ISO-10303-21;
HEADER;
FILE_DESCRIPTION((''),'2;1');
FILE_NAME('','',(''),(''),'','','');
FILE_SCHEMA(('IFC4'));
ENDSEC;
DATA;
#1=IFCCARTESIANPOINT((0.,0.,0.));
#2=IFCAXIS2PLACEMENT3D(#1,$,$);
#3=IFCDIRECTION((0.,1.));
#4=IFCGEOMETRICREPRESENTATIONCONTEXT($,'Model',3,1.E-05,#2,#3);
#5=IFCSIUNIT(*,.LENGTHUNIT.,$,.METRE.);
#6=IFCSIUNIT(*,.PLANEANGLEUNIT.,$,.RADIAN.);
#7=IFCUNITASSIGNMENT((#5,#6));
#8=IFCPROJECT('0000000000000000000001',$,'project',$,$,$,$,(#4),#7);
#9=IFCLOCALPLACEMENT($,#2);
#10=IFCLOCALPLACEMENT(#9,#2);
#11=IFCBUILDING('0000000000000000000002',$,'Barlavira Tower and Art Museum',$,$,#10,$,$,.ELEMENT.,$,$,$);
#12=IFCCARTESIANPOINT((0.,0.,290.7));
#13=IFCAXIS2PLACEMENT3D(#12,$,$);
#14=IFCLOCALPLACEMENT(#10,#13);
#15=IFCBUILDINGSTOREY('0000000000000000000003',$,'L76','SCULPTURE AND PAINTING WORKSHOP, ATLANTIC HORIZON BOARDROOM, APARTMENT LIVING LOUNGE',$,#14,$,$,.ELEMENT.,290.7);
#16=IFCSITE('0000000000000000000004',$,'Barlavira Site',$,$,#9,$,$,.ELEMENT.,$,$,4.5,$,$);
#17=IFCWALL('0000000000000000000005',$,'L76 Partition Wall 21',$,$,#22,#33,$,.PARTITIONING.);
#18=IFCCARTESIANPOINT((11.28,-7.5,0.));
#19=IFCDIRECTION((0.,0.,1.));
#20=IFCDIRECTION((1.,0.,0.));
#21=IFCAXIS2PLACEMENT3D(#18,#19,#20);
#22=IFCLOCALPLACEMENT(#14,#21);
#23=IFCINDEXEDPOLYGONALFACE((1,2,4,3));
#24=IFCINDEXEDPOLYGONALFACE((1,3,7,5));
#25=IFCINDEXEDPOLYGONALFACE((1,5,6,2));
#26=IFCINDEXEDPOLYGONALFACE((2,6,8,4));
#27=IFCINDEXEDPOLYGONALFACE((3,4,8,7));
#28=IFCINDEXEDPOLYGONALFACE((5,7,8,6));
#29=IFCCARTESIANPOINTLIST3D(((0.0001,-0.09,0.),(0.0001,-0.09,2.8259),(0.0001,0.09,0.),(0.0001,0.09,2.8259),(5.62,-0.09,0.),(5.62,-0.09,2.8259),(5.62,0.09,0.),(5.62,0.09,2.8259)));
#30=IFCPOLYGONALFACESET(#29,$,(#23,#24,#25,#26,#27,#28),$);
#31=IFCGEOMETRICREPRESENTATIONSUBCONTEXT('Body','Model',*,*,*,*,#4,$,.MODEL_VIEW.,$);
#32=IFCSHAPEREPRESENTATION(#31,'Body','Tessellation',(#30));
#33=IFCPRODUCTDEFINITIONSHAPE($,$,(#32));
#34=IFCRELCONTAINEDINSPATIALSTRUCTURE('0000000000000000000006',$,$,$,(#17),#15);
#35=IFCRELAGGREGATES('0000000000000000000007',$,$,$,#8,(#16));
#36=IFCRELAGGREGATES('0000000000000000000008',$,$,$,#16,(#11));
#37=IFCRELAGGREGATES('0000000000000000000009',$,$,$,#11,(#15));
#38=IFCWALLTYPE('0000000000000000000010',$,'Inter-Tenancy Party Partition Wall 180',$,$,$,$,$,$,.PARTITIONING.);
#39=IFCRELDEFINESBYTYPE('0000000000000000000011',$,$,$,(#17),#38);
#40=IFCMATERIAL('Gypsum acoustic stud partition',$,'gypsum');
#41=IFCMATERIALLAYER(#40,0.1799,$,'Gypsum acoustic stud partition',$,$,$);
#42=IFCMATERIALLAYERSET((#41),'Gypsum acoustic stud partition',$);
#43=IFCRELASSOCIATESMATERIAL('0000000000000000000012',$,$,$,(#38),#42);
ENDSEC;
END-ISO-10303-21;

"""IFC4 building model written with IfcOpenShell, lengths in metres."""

from ifc_helpers import new_model, si_unit, direction, frame, frame_2d, origin, place, context, subcontext, project, spatial, rectangle, extrude, material, layer, layer_set, type_object, element, save


model = new_model("IFC4")

# Units and contexts
model_context = context("Model", 3, precision=1e-05, world=origin(), true_north=direction((0.0, 1.0)))
body_context = subcontext(model_context, "Body", "Model", "MODEL_VIEW")
ifc_project = project(units=[si_unit("LENGTHUNIT", "METRE"), si_unit("PLANEANGLEUNIT", "RADIAN")], contexts=[model_context])

# Site, building, storey
site_placement = place(None, origin())
site = spatial("IfcSite", under=ifc_project, at=site_placement, Name="Barlavira Site", CompositionType="ELEMENT", RefElevation=4.5)
building_placement = place(site_placement, origin())
building = spatial("IfcBuilding", under=site, at=building_placement, Name="Barlavira Tower and Art Museum", CompositionType="ELEMENT")
storey_placement = place(building_placement, frame((0.0, 0.0, 290.7)))
storey = spatial("IfcBuildingStorey", under=building, at=storey_placement, Name="L76", Description="SCULPTURE AND PAINTING WORKSHOP, ATLANTIC HORIZON BOARDROOM, APARTMENT LIVING LOUNGE", CompositionType="ELEMENT", Elevation=290.7)

# Wall
ifc_material_1 = material(Name="Gypsum acoustic stud partition", Category="gypsum")
ifc_layer_1 = layer(ifc_material_1, 0.1799, Name="Gypsum acoustic stud partition")
ifc_layer_set_1 = layer_set([ifc_layer_1], Name="Gypsum acoustic stud partition")
wall_type_1 = type_object("IfcWallType", Name="Inter-Tenancy Party Partition Wall 180", PredefinedType="PARTITIONING", material=ifc_layer_set_1)
wall_1_placement = place(storey_placement, frame((11.28, -7.5, 0.0), z_axis=(0.0, 0.0, 1.0), x_axis=(1.0, 0.0, 0.0)))
element("IfcWall", 1, at=wall_1_placement, inside=storey, type_object=wall_type_1, Name="L76 Partition Wall 21", PredefinedType="PARTITIONING", context=body_context, shape_type="SweptSolid", body=[
    extrude(rectangle(XDim=5.6199, YDim=0.1799, at=frame_2d((2.8101, 0.0))), origin(), (0.0, 0.0, 1.0), 2.8259),
])

save(model, "model.ifc")
